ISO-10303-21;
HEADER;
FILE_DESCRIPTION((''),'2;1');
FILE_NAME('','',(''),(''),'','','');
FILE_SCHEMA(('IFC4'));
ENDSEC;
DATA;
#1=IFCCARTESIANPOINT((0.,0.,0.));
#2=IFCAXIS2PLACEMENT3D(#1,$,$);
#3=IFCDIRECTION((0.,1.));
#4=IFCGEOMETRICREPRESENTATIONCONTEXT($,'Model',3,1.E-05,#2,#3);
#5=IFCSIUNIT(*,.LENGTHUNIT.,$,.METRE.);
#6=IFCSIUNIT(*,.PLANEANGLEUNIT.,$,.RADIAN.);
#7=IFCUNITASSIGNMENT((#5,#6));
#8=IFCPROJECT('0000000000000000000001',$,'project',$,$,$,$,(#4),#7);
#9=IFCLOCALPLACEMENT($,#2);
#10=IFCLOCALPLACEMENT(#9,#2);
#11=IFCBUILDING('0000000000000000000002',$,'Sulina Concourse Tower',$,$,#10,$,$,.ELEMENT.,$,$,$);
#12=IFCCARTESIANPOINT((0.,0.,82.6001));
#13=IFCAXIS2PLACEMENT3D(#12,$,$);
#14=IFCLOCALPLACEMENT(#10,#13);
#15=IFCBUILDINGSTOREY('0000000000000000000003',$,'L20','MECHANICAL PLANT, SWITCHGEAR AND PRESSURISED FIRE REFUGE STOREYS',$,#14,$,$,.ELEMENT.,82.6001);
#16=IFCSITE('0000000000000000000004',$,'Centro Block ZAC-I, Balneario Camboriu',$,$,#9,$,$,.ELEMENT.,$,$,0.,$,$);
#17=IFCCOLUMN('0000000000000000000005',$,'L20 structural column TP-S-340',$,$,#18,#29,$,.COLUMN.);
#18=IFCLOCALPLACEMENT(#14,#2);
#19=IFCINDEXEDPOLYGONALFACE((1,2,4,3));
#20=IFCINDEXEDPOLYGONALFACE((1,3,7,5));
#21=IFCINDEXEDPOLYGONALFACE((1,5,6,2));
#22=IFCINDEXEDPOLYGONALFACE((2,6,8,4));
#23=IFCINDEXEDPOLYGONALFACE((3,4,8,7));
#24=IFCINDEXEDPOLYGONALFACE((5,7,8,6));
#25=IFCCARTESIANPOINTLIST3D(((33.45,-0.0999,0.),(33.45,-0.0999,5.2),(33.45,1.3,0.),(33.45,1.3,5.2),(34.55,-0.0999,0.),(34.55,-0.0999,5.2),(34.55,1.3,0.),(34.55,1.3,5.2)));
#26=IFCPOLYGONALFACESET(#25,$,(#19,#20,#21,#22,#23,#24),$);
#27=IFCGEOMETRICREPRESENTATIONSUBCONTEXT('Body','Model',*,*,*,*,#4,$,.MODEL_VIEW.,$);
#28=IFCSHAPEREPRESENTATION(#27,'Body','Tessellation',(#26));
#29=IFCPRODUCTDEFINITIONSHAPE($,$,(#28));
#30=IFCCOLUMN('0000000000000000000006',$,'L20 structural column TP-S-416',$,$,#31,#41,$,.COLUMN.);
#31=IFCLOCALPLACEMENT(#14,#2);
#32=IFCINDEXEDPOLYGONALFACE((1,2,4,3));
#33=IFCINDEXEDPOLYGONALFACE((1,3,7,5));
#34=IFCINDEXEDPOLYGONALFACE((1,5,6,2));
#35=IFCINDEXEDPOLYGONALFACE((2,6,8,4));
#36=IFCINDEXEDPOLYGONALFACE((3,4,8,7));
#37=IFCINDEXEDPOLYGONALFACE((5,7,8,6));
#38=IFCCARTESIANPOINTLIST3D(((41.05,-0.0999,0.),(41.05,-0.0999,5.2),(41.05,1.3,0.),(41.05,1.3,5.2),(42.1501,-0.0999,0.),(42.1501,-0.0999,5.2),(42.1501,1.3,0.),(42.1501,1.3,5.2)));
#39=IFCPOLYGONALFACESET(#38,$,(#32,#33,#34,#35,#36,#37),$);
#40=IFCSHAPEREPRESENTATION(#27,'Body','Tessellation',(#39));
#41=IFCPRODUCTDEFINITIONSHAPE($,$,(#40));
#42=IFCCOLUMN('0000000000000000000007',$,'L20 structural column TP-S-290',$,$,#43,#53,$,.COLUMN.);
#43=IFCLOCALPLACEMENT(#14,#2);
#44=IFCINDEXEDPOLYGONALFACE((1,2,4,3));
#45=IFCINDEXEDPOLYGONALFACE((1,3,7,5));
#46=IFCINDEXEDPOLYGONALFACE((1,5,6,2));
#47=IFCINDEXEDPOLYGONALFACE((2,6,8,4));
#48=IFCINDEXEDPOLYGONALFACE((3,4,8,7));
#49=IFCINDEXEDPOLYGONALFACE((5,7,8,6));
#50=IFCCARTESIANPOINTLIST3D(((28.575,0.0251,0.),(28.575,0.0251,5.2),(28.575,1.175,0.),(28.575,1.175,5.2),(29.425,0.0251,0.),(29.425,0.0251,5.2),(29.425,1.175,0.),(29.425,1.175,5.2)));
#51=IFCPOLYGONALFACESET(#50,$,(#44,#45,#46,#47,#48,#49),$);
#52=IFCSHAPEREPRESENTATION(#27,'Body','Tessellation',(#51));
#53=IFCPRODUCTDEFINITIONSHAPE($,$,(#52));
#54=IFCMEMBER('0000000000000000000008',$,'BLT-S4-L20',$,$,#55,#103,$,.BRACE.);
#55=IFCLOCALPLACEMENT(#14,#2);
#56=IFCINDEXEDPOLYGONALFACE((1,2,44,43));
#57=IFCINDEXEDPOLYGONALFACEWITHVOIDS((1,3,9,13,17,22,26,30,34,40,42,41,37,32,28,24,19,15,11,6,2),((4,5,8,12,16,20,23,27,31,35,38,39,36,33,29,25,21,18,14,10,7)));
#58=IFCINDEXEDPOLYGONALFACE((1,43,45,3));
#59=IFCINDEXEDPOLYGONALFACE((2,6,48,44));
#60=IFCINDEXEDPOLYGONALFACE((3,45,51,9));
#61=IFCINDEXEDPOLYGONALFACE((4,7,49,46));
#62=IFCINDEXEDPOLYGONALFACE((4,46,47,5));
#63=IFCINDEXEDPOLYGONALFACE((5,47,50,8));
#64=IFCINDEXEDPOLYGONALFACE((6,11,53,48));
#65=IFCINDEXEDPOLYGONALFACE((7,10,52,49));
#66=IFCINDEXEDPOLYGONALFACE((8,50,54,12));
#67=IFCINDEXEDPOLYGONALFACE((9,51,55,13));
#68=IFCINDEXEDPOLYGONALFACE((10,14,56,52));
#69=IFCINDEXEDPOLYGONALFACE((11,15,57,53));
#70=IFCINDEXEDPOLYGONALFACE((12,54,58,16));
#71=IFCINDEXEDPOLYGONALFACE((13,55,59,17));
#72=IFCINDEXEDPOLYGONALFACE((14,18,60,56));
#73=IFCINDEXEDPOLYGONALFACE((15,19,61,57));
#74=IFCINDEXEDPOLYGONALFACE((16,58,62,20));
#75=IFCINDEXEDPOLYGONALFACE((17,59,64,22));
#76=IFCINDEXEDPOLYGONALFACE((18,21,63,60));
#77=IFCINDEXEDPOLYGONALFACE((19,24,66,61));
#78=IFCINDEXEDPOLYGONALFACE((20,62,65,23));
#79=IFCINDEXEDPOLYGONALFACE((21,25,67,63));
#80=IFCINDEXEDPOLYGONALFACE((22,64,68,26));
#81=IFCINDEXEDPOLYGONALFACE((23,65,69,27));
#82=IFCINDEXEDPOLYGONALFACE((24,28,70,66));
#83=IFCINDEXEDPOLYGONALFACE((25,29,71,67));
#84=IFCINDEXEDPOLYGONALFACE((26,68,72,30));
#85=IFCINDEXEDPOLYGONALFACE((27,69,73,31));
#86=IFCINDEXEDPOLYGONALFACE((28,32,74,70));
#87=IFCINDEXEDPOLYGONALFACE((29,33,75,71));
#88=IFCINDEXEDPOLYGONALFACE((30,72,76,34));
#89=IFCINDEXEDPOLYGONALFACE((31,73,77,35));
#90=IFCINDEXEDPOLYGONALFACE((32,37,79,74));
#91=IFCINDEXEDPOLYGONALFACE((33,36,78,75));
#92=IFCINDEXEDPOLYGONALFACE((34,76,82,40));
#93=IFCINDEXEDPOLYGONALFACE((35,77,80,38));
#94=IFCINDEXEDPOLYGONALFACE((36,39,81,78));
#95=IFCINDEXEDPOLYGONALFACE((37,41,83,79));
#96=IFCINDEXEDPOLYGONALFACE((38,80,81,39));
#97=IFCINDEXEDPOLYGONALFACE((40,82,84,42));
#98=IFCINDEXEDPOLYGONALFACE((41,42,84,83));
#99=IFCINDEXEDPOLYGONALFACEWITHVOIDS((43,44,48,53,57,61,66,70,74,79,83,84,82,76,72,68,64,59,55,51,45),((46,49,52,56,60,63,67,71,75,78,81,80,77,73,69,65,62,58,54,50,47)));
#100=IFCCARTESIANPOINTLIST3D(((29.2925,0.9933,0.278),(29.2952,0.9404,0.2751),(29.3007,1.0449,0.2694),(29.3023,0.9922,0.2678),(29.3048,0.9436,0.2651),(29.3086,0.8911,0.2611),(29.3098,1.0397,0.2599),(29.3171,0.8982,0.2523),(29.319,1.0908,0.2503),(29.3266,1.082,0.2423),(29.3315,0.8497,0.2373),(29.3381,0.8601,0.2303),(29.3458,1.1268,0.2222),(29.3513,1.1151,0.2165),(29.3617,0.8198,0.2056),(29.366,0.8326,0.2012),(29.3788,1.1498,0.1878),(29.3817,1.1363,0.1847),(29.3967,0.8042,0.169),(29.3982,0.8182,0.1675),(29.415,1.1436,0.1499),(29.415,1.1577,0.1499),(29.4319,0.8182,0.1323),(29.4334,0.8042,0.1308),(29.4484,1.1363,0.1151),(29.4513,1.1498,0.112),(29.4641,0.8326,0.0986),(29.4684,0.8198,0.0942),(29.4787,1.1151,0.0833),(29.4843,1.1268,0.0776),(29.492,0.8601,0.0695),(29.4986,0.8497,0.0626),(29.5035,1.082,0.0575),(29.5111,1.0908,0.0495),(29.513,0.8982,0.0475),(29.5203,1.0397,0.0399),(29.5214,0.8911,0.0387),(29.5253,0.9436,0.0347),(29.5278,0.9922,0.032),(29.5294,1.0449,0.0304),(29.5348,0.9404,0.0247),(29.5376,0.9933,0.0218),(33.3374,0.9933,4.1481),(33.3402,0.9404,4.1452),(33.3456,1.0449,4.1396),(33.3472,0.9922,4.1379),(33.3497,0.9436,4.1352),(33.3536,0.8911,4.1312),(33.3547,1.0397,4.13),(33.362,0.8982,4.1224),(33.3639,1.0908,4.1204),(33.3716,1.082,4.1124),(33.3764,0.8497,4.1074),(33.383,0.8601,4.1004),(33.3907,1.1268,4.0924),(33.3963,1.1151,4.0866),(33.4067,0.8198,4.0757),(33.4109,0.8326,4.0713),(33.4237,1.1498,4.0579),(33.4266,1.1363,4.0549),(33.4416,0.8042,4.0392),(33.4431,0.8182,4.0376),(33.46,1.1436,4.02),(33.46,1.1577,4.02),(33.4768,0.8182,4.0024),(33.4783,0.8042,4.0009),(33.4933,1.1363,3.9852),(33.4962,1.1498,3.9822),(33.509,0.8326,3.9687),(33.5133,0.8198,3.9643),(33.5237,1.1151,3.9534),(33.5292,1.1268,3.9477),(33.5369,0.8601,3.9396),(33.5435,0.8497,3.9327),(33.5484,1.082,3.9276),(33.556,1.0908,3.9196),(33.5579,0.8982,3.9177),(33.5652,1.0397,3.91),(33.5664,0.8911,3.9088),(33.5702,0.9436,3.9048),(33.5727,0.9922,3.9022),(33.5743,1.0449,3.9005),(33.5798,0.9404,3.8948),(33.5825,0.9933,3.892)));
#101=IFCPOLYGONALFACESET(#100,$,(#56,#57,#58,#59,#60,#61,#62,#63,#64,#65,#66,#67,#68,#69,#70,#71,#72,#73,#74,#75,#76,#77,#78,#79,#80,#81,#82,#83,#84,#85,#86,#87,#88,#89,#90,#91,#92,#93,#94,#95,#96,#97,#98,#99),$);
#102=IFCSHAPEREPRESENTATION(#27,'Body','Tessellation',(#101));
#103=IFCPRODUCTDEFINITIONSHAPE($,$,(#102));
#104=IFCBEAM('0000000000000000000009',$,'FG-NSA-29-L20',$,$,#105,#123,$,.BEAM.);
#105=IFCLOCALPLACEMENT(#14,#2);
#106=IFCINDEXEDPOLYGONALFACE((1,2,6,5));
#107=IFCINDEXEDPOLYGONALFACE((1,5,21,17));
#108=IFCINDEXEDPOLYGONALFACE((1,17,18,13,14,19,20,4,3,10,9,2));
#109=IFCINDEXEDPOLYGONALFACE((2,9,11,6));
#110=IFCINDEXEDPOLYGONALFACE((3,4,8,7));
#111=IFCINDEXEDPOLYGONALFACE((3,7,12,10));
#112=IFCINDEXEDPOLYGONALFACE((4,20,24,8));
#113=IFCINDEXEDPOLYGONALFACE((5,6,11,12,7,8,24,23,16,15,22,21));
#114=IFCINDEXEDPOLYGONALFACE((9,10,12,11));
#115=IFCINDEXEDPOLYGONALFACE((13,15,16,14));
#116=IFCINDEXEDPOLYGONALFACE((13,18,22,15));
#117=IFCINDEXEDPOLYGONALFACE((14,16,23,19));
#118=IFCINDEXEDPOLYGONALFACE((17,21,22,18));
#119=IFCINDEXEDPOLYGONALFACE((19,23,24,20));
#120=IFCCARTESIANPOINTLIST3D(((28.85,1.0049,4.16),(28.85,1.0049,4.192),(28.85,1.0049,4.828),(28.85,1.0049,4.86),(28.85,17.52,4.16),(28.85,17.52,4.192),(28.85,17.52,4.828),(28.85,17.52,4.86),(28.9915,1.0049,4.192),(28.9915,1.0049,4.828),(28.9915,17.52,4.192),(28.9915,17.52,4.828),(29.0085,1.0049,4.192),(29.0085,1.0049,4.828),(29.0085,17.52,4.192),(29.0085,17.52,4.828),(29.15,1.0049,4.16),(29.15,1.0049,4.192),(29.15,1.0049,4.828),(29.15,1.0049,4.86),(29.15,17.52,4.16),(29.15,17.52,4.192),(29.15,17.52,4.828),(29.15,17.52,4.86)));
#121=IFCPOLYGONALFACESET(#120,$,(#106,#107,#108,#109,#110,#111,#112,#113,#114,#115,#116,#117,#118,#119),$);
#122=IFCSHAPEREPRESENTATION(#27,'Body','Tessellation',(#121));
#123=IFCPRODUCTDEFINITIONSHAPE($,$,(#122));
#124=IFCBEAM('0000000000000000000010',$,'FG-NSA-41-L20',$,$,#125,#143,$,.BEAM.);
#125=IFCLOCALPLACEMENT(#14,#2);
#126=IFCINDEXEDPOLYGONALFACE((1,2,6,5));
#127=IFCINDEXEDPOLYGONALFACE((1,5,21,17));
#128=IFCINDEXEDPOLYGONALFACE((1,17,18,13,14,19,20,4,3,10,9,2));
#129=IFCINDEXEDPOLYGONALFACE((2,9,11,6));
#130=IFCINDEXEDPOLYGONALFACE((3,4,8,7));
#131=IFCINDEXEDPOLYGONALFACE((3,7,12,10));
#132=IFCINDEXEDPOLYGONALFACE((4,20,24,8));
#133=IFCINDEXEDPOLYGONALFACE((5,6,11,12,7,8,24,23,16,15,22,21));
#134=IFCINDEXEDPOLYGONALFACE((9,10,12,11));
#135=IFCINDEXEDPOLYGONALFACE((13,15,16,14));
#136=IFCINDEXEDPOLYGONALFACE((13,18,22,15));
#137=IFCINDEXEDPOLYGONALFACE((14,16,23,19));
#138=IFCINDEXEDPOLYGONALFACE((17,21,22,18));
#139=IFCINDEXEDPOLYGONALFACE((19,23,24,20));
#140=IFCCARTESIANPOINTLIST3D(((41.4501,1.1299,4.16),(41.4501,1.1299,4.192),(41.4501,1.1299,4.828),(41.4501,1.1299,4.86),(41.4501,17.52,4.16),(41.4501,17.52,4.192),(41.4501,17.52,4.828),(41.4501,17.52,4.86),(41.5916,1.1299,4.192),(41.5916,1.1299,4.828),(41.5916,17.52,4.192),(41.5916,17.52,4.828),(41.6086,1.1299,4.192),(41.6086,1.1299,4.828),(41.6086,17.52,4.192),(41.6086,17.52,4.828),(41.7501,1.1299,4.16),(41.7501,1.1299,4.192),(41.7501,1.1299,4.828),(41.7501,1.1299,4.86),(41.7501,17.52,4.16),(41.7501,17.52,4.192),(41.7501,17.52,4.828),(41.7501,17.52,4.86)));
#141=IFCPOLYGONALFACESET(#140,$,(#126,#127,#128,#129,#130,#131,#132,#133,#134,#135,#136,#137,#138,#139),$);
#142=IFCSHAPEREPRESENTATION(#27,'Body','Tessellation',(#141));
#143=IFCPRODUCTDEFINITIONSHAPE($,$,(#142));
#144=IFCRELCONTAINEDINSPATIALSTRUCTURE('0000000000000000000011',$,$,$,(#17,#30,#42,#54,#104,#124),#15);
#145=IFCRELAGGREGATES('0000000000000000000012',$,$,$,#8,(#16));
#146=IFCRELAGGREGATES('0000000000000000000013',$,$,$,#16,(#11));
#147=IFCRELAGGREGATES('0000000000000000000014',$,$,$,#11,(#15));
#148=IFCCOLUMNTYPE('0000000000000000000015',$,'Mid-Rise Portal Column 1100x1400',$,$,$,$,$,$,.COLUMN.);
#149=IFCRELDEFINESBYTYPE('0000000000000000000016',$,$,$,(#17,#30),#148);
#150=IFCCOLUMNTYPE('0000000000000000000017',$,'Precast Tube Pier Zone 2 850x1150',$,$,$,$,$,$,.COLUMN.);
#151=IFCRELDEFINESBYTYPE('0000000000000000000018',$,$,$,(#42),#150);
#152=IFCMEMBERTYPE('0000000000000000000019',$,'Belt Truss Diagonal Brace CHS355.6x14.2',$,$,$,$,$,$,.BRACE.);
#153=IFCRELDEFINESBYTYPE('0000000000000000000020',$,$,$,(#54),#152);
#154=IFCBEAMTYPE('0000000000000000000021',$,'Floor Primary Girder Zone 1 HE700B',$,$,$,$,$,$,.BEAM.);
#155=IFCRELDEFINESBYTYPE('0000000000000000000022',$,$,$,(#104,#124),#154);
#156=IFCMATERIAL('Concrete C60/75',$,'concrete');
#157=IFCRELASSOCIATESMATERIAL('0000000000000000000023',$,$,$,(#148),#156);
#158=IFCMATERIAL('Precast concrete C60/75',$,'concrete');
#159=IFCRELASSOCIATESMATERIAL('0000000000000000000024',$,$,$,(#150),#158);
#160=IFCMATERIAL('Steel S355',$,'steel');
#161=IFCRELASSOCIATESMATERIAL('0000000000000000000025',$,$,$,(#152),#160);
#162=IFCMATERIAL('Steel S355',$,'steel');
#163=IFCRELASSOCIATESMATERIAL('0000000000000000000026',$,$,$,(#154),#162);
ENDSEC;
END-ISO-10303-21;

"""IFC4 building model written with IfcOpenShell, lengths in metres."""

from ifc_helpers import new_model, si_unit, direction, frame, origin, origin_2d, place, context, subcontext, project, spatial, rectangle, hollow_circle, i_section, extrude, material, material_profile, profile_set, type_object, element, save


model = new_model("IFC4")

# Units and contexts
model_context = context("Model", 3, precision=1e-05, world=origin(), true_north=direction((0.0, 1.0)))
body_context = subcontext(model_context, "Body", "Model", "MODEL_VIEW")
ifc_project = project(units=[si_unit("LENGTHUNIT", "METRE"), si_unit("PLANEANGLEUNIT", "RADIAN")], contexts=[model_context])

# Site, building, storey
site_placement = place(None, origin())
site = spatial("IfcSite", under=ifc_project, at=site_placement, Name="Centro Block ZAC-I, Balneario Camboriu", CompositionType="ELEMENT", RefElevation=0.0)
building_placement = place(site_placement, origin())
building = spatial("IfcBuilding", under=site, at=building_placement, Name="Sulina Concourse Tower", CompositionType="ELEMENT")
storey_placement = place(building_placement, frame((0.0, 0.0, 82.6001)))
storey = spatial("IfcBuildingStorey", under=building, at=storey_placement, Name="L20", Description="MECHANICAL PLANT, SWITCHGEAR AND PRESSURISED FIRE REFUGE STOREYS", CompositionType="ELEMENT", Elevation=82.6001)

# Columns
ifc_material_1 = material(Name="Concrete C60/75", Category="concrete")
ifc_material_profile_1 = material_profile(ifc_material_1, rectangle(XDim=1.1001, YDim=1.3999, at=origin_2d()), Name="RC 1100x1400")
ifc_profile_set_1 = profile_set([ifc_material_profile_1], Name="Concrete C60/75")
column_type_1 = type_object("IfcColumnType", Name="Mid-Rise Portal Column 1100x1400", PredefinedType="COLUMN", material=ifc_profile_set_1)
for number, where, z_axis, x_axis, name in (
    (1, (34.0, 0.6001, 0.0), (0.0, 0.0, 1.0), (1.0, 0.0, 0.0), "L20 structural column TP-S-340"),
    (2, (41.6001, 0.6001, 0.0), (0.0, 0.0, 1.0), (1.0, 0.0, 0.0), "L20 structural column TP-S-416"),
):
    element("IfcColumn", number, at=place(storey_placement, frame(where, z_axis=z_axis, x_axis=x_axis)), inside=storey, type_object=column_type_1, Name=name, PredefinedType="COLUMN", context=body_context, shape_type="SweptSolid", body=[
        extrude(rectangle(XDim=1.1001, YDim=1.3999, at=origin_2d()), origin(), (0.0, 0.0, 1.0), 5.2),
    ])
ifc_material_2 = material(Name="Precast concrete C60/75", Category="concrete")
ifc_material_profile_2 = material_profile(ifc_material_2, rectangle(XDim=0.8501, YDim=1.1499, at=origin_2d()), Name="PC 850x1150")
ifc_profile_set_2 = profile_set([ifc_material_profile_2], Name="Precast concrete C60/75")
column_type_2 = type_object("IfcColumnType", Name="Precast Tube Pier Zone 2 850x1150", PredefinedType="COLUMN", material=ifc_profile_set_2)
column_placement = place(storey_placement, frame((29.0, 0.6001, 0.0), z_axis=(0.0, 0.0, 1.0), x_axis=(1.0, 0.0, 0.0)))
element("IfcColumn", 3, at=column_placement, inside=storey, type_object=column_type_2, Name="L20 structural column TP-S-290", PredefinedType="COLUMN", context=body_context, shape_type="SweptSolid", body=[
    extrude(rectangle(XDim=0.8501, YDim=1.1499, at=origin_2d()), origin(), (0.0, 0.0, 1.0), 5.2),
])

# Member
ifc_material_3 = material(Name="Steel S355", Category="steel")
ifc_material_profile_3 = material_profile(ifc_material_3, hollow_circle(Radius=0.1777, WallThickness=0.0142, at=origin_2d()), Name="CHS 355.6x14.2")
ifc_profile_set_3 = profile_set([ifc_material_profile_3], Name="Steel S355")
member_type_1 = type_object("IfcMemberType", Name="Belt Truss Diagonal Brace CHS355.6x14.2", PredefinedType="BRACE", material=ifc_profile_set_3)
member_1_placement = place(storey_placement, frame((29.415, 0.98, 0.1499), z_axis=(0.722547, 0.0, 0.691322), x_axis=(0.0, 1.0, 0.0)))
element("IfcMember", 4, at=member_1_placement, inside=storey, type_object=member_type_1, Name="BLT-S4-L20", PredefinedType="BRACE", context=body_context, shape_type="SweptSolid", body=[
    extrude(hollow_circle(Radius=0.1777, WallThickness=0.0142, at=origin_2d()), origin(), (0.0, 0.0, 1.0), 5.5981),
])

# Beams
ifc_material_4 = material(Name="Steel S355", Category="steel")
ifc_material_profile_4 = material_profile(ifc_material_4, i_section(OverallWidth=0.3, OverallDepth=0.7, WebThickness=0.0171, FlangeThickness=0.032, at=origin_2d()), Name="HE 700 B")
ifc_profile_set_4 = profile_set([ifc_material_profile_4], Name="Steel S355")
beam_type_1 = type_object("IfcBeamType", Name="Floor Primary Girder Zone 1 HE700B", PredefinedType="BEAM", material=ifc_profile_set_4)
beam_1_placement = place(storey_placement, frame((29.0, 1.0049, 4.51), z_axis=(0.0, 1.0, 0.0), x_axis=(-1.0, 0.0, 0.0)))
element("IfcBeam", 5, at=beam_1_placement, inside=storey, type_object=beam_type_1, Name="FG-NSA-29-L20", PredefinedType="BEAM", context=body_context, shape_type="SweptSolid", body=[
    extrude(i_section(OverallWidth=0.3, OverallDepth=0.7, WebThickness=0.0171, FlangeThickness=0.032, at=origin_2d()), origin(), (0.0, 0.0, 1.0), 16.5151),
])
beam_2_placement = place(storey_placement, frame((41.6001, 1.1299, 4.51), z_axis=(0.0, 1.0, 0.0), x_axis=(-1.0, 0.0, 0.0)))
element("IfcBeam", 6, at=beam_2_placement, inside=storey, type_object=beam_type_1, Name="FG-NSA-41-L20", PredefinedType="BEAM", context=body_context, shape_type="SweptSolid", body=[
    extrude(i_section(OverallWidth=0.3, OverallDepth=0.7, WebThickness=0.0171, FlangeThickness=0.032, at=origin_2d()), origin(), (0.0, 0.0, 1.0), 16.3901),
])

save(model, "model.ifc")
